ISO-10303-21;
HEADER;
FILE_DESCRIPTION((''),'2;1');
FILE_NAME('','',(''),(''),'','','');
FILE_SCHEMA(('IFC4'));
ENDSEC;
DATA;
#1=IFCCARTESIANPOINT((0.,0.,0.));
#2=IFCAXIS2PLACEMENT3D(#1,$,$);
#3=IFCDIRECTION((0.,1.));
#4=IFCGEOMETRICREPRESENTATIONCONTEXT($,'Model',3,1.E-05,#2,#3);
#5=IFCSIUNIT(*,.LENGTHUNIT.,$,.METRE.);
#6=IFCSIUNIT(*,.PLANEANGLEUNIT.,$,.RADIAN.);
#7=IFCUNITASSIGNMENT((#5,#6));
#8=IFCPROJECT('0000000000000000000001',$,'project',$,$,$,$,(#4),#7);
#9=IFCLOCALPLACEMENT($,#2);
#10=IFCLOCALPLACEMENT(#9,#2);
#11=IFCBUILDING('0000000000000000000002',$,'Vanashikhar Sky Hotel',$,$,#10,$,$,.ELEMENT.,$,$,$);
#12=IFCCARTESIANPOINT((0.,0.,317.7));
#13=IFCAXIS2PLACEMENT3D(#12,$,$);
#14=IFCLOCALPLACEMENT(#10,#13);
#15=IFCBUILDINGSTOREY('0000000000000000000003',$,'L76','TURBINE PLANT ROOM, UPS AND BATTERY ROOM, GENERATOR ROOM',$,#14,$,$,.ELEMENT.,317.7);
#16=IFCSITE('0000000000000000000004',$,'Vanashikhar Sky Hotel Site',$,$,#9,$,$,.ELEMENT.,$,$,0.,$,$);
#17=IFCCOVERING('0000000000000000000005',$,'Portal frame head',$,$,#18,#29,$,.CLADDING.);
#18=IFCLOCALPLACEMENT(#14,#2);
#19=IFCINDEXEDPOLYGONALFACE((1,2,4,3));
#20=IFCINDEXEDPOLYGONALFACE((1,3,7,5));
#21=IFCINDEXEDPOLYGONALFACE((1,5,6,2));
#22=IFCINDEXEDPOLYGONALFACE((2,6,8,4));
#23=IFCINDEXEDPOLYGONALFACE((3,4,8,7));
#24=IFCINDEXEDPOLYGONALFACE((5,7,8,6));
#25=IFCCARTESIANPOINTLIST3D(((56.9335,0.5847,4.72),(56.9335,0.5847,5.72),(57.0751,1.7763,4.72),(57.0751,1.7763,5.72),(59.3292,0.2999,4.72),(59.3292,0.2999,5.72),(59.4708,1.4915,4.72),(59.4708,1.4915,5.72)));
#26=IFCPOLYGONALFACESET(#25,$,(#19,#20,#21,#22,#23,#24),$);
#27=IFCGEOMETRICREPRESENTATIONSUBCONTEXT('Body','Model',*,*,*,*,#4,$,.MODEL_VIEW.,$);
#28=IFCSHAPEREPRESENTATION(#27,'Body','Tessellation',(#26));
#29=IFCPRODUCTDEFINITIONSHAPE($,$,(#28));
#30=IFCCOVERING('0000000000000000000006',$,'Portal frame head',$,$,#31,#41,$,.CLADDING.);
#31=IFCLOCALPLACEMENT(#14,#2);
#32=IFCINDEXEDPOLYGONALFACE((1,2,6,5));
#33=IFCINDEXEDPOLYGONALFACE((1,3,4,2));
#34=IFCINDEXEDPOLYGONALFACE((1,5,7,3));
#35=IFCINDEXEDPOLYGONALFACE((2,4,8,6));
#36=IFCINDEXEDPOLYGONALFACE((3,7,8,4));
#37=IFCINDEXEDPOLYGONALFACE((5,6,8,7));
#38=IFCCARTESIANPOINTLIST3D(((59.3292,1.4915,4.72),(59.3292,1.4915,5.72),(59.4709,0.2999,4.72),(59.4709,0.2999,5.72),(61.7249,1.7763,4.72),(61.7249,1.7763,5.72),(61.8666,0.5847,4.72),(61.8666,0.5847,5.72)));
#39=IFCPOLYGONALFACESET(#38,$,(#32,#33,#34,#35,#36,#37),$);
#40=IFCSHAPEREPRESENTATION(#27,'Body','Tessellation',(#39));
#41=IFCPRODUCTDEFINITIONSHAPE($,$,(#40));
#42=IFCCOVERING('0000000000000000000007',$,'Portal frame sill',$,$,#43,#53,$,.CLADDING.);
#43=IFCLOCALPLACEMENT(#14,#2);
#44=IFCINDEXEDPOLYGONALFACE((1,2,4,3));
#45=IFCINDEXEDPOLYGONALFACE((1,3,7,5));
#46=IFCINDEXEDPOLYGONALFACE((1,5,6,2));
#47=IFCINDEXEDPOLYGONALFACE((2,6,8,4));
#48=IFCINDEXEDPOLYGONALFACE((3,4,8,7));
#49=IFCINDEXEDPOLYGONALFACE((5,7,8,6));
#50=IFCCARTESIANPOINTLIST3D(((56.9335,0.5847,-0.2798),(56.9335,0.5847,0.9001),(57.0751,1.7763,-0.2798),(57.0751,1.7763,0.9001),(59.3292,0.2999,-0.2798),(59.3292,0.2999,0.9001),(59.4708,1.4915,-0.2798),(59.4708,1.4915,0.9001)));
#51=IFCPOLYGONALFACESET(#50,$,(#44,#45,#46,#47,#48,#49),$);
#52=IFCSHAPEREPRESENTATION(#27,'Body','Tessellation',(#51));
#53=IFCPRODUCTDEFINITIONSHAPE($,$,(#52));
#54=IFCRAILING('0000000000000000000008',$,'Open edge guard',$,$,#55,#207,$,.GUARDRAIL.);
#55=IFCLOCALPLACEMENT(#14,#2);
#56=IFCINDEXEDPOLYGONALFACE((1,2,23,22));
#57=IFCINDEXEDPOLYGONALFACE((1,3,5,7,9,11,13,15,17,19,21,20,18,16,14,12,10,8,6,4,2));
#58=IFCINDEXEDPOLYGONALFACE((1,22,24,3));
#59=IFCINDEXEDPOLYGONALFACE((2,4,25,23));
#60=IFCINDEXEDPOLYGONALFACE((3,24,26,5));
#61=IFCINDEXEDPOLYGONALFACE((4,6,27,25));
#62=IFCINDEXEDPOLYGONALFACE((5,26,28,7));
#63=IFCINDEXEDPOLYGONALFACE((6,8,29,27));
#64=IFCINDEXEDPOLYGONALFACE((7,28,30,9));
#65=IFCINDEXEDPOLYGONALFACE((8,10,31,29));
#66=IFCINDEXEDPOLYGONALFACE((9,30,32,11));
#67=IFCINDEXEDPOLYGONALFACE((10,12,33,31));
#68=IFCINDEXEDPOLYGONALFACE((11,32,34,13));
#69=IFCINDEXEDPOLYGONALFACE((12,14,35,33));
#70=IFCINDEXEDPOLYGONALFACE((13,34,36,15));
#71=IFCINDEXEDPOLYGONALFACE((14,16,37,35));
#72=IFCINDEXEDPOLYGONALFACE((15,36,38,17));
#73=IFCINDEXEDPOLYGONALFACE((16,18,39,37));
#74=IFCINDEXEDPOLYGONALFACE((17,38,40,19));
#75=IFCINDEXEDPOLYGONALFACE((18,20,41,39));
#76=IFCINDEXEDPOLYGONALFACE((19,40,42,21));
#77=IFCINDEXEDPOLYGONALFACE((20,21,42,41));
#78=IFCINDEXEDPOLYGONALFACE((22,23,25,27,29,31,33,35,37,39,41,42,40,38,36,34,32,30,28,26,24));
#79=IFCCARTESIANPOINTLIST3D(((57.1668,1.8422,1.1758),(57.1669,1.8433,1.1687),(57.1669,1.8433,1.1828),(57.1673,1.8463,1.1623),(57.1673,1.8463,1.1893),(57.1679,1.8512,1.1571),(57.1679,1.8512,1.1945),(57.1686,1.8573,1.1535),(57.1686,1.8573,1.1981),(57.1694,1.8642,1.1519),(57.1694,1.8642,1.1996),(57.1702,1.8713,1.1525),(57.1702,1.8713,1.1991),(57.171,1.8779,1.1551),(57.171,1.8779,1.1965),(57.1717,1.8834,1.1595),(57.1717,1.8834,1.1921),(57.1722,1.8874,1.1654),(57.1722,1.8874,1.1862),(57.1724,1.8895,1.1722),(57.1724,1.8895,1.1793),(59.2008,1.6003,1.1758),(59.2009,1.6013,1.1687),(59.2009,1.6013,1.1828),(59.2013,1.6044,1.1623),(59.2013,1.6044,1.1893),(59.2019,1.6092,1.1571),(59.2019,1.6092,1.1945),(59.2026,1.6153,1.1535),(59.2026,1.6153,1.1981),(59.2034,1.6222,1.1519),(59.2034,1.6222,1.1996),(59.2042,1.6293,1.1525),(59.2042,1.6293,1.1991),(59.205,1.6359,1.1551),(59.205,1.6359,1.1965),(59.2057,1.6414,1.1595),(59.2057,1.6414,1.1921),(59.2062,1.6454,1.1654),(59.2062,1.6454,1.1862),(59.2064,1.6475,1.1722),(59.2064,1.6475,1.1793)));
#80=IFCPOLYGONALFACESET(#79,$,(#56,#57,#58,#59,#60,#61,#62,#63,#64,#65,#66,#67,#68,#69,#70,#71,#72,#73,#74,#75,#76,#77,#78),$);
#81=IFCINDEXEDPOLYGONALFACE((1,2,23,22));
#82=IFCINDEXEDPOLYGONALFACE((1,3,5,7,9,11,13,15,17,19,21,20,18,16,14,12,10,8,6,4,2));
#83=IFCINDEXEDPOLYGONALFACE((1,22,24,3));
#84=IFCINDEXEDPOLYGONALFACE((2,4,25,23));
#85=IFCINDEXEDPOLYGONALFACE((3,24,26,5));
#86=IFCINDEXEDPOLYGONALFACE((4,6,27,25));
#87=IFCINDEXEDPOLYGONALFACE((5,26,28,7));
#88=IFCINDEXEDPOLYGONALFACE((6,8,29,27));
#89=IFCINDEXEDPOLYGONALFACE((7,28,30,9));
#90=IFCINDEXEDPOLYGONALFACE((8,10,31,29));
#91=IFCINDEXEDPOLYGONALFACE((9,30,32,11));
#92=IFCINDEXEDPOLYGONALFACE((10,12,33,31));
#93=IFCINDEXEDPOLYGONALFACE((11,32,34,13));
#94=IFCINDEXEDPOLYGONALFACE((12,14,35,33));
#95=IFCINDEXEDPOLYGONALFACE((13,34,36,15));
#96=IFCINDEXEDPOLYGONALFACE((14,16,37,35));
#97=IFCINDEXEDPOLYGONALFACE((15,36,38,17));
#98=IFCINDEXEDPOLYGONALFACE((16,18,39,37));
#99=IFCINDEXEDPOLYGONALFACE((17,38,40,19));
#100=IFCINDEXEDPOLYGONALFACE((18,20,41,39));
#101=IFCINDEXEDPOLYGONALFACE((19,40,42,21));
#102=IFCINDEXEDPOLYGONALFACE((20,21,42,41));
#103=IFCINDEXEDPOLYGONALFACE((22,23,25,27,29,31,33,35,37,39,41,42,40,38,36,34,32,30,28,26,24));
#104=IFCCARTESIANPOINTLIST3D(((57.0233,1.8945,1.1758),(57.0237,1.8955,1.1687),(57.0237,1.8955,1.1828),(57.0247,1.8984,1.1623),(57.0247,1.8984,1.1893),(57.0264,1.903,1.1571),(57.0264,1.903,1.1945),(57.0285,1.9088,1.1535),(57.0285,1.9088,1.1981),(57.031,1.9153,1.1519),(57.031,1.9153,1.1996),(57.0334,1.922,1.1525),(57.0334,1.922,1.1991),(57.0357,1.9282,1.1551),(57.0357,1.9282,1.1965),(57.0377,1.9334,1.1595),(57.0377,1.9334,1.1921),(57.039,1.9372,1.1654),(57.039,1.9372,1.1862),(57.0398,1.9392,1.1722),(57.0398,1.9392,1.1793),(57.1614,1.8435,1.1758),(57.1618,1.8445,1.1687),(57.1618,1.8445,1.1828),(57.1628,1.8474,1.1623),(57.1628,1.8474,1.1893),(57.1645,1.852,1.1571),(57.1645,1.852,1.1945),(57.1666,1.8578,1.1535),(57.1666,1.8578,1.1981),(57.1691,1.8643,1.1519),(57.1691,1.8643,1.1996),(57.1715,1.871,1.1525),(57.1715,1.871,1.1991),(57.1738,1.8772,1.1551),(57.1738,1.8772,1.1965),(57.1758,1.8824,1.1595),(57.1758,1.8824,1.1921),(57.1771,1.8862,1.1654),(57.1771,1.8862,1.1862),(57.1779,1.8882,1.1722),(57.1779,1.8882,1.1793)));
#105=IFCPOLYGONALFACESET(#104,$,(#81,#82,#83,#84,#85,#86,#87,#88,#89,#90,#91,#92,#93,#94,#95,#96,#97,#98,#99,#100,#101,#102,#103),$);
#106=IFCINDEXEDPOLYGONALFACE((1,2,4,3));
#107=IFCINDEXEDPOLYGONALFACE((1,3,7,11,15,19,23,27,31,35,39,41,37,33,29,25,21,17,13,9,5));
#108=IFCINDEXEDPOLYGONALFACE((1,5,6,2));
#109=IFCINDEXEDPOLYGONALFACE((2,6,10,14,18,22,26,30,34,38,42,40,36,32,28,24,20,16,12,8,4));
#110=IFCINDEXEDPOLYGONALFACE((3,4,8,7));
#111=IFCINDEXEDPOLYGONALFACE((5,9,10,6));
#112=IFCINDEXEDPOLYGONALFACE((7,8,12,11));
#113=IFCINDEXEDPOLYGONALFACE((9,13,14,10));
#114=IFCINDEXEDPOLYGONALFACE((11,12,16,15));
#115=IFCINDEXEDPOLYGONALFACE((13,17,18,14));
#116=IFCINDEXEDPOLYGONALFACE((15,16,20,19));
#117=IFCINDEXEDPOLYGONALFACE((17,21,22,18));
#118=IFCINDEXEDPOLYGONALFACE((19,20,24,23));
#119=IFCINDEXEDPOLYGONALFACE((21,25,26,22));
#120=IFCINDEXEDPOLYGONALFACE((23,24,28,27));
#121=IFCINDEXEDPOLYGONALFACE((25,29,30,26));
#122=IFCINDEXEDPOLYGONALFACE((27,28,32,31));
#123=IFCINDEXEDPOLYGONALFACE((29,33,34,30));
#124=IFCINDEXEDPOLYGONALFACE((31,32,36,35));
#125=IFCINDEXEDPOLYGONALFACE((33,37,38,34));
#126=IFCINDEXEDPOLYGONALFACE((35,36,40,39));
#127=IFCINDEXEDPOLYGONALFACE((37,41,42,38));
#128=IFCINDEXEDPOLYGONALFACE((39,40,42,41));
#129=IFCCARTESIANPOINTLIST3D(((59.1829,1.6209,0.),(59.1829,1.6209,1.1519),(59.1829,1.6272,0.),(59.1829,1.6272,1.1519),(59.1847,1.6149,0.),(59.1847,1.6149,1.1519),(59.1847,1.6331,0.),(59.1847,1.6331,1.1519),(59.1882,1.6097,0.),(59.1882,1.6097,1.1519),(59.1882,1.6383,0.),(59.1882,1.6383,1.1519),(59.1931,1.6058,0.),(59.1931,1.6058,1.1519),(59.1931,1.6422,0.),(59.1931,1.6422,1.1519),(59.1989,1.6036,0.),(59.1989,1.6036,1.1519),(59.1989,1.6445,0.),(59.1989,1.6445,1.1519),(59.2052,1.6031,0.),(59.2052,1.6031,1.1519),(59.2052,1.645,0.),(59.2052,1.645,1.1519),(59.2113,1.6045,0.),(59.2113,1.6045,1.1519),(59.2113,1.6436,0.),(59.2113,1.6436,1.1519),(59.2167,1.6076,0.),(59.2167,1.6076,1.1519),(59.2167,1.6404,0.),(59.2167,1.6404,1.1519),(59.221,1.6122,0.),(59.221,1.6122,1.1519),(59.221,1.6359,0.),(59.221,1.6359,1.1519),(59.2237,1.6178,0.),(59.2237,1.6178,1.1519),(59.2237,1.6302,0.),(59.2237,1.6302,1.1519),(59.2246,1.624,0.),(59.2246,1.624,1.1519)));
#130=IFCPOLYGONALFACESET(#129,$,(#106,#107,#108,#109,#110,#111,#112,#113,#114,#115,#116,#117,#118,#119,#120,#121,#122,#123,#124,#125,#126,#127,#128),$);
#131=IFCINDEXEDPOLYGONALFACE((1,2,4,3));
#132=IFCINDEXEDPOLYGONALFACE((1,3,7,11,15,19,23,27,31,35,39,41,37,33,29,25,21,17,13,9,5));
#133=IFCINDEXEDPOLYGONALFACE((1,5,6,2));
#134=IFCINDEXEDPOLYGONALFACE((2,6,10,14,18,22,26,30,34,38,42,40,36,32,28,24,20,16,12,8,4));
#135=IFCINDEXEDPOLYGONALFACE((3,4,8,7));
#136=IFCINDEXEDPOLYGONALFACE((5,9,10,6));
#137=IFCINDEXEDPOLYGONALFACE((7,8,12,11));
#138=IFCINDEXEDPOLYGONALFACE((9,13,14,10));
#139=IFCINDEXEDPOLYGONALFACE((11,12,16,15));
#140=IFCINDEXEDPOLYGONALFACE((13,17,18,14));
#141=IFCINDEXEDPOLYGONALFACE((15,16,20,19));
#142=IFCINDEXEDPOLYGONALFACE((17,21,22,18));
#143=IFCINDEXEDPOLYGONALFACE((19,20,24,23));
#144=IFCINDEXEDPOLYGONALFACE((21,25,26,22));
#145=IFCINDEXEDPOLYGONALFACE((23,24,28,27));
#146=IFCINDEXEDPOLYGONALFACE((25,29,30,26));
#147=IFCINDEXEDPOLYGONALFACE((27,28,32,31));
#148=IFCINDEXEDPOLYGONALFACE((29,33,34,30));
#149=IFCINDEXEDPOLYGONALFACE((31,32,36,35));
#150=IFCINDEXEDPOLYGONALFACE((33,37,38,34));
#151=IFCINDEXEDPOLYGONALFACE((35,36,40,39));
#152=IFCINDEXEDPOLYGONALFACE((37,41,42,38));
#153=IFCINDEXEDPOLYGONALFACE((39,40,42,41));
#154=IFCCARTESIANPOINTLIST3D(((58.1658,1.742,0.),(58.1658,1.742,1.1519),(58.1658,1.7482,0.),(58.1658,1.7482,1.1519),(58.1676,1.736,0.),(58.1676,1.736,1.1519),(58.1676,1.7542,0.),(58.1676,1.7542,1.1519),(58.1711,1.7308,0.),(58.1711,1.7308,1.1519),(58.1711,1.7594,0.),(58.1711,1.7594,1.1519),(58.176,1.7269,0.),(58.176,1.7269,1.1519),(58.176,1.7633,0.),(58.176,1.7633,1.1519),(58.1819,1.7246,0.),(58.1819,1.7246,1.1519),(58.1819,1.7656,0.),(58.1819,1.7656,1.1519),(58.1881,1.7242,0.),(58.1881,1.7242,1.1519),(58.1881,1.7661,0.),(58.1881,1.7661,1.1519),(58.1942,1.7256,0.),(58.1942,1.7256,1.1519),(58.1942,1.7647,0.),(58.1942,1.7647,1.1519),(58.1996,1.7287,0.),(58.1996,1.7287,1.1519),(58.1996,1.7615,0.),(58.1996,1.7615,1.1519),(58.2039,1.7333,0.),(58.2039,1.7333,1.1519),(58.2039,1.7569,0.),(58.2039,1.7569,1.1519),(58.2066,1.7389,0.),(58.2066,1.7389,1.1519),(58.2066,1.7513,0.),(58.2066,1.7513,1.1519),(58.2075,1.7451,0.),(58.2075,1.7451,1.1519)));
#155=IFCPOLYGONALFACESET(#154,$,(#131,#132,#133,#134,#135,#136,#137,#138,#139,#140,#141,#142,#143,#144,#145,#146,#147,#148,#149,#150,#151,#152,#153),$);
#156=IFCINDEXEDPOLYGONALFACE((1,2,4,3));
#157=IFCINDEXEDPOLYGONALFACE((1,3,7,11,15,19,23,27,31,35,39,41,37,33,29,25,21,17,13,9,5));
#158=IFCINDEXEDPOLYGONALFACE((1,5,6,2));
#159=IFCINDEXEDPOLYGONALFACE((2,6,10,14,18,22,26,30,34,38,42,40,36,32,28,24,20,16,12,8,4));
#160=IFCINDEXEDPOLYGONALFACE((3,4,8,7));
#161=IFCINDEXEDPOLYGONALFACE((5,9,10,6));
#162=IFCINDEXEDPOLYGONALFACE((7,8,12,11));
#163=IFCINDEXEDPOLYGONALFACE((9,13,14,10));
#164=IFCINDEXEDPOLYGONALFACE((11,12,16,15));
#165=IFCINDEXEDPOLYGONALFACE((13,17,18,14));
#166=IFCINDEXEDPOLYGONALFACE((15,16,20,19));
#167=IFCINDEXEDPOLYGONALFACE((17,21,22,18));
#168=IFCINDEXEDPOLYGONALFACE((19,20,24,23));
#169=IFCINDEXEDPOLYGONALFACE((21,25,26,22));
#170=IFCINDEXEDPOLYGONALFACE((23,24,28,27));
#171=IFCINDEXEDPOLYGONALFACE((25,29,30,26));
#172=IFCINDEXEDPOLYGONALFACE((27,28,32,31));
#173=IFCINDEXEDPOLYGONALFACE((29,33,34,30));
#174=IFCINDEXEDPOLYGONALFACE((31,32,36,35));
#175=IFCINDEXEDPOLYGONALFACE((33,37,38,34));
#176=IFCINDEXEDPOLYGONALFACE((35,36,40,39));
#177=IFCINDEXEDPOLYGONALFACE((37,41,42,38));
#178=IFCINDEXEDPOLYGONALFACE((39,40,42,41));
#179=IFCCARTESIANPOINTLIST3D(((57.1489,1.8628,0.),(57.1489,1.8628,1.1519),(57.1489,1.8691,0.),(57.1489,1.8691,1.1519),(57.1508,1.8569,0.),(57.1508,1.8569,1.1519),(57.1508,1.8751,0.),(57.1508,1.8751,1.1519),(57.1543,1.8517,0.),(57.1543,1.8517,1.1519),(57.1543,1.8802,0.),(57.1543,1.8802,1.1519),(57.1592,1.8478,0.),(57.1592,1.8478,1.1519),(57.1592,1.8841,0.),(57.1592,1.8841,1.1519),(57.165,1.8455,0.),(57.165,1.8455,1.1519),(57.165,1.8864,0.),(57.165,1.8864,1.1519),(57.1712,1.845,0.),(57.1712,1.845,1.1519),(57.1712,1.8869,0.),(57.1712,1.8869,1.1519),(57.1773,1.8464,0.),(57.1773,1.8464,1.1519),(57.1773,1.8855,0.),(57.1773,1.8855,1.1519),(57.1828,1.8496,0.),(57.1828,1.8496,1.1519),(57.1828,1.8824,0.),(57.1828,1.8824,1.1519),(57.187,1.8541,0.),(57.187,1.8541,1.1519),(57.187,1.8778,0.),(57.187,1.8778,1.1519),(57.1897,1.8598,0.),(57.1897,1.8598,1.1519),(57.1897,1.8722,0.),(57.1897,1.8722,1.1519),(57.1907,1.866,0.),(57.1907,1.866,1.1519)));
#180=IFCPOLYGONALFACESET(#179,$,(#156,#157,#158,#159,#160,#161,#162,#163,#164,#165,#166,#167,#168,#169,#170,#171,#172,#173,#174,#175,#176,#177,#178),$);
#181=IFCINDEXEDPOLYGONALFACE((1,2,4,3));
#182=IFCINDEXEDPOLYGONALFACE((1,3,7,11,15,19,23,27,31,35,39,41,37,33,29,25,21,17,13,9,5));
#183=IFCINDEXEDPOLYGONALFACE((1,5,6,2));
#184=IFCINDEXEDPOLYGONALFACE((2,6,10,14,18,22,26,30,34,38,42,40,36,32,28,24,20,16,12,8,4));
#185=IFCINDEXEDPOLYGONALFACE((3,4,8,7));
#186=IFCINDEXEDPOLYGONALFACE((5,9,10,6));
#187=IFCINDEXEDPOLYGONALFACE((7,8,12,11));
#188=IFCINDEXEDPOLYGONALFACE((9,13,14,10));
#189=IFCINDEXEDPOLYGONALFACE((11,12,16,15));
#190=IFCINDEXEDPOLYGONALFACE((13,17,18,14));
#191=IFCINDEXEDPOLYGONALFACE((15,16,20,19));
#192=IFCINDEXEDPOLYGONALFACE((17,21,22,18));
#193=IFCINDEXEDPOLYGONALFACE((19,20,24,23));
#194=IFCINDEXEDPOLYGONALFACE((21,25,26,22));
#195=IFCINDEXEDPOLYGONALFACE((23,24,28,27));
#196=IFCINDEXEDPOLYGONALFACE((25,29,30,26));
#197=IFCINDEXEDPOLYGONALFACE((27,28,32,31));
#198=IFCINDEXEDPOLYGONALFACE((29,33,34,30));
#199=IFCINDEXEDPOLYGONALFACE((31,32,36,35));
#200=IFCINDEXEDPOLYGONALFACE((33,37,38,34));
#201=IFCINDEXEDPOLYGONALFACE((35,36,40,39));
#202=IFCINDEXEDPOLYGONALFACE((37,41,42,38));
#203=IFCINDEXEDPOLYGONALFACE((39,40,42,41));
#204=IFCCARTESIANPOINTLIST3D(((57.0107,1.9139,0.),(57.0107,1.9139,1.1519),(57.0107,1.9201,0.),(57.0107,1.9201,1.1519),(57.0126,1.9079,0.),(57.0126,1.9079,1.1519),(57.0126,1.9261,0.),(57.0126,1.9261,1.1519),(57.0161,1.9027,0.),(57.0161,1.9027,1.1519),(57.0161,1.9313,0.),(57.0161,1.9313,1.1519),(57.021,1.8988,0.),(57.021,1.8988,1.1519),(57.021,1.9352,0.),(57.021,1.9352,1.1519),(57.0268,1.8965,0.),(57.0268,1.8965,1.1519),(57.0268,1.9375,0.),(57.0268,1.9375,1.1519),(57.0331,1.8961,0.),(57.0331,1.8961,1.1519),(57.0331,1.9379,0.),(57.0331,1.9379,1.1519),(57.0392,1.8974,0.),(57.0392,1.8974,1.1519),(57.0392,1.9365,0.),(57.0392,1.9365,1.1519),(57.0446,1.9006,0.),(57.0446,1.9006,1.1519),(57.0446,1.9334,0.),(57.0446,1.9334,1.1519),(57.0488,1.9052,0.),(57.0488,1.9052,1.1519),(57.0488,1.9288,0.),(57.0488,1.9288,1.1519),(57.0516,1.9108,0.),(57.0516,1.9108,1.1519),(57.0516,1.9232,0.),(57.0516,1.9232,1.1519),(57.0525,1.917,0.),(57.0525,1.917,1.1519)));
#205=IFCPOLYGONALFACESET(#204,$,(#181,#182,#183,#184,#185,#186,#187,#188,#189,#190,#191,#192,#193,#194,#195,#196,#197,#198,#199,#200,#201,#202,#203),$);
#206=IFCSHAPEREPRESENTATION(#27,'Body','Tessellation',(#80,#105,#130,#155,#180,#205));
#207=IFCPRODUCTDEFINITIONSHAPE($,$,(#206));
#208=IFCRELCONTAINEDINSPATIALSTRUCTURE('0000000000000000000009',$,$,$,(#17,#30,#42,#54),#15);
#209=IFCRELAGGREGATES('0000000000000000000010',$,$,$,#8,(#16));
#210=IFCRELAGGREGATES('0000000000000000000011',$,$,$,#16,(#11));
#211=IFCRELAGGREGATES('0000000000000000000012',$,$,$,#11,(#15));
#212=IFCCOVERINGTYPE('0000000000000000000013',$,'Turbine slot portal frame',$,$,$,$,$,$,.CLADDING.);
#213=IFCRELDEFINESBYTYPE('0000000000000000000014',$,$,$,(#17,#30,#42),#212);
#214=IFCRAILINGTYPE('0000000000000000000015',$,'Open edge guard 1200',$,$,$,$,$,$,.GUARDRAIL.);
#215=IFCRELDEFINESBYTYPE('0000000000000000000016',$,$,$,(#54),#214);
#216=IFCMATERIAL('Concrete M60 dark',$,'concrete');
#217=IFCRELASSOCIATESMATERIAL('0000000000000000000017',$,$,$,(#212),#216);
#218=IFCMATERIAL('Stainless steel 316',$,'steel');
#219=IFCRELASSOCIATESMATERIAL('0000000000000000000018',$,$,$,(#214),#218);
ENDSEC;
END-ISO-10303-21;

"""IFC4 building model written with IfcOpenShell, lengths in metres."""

from ifc_helpers import new_model, si_unit, direction, frame, origin, origin_2d, place, context, subcontext, project, spatial, rectangle, circle, extrude, source, transform, mapped, material, type_object, element, save


model = new_model("IFC4")

# Units and contexts
model_context = context("Model", 3, precision=1e-05, world=origin(), true_north=direction((0.0, 1.0)))
body_context = subcontext(model_context, "Body", "Model", "MODEL_VIEW")
ifc_project = project(units=[si_unit("LENGTHUNIT", "METRE"), si_unit("PLANEANGLEUNIT", "RADIAN")], contexts=[model_context])

# Site, building, storey
site_placement = place(None, origin())
site = spatial("IfcSite", under=ifc_project, at=site_placement, Name="Vanashikhar Sky Hotel Site", CompositionType="ELEMENT", RefElevation=0.0)
building_placement = place(site_placement, origin())
building = spatial("IfcBuilding", under=site, at=building_placement, Name="Vanashikhar Sky Hotel", CompositionType="ELEMENT")
storey_placement = place(building_placement, frame((0.0, 0.0, 317.7)))
storey = spatial("IfcBuildingStorey", under=building, at=storey_placement, Name="L76", Description="TURBINE PLANT ROOM, UPS AND BATTERY ROOM, GENERATOR ROOM", CompositionType="ELEMENT", Elevation=317.7)

# Coverings
ifc_material_1 = material(Name="Concrete M60 dark", Category="concrete")
covering_type_1 = type_object("IfcCoveringType", Name="Turbine slot portal frame", PredefinedType="CLADDING", material=ifc_material_1)
shared_shape_1 = source(origin(), body_context, "Body", "SweptSolid", [
    extrude(rectangle(XDim=2.4126, YDim=1.2, at=origin_2d()), origin(), (0.0, 0.0, 1.0), 1.0),
])
for number, where, z_axis, x_axis, name in (
    (1, (58.2021, 1.0381, 4.72), (0.0, 0.0, 1.0), (0.993009, -0.11804, 0.0), "Portal frame head"),
    (2, (60.5979, 1.0381, 4.72), (0.0, 0.0, 1.0), (0.993009, 0.11804, 0.0), "Portal frame head"),
):
    element("IfcCovering", number, at=place(storey_placement, frame(where, z_axis=z_axis, x_axis=x_axis)), inside=storey, type_object=covering_type_1, Name=name, PredefinedType="CLADDING", context=body_context, shape_type="MappedRepresentation", body=[
        mapped(shared_shape_1, transform((0.0, 0.0, 0.0), scale=1.0)),
    ])
shared_shape_2 = source(origin(), body_context, "Body", "SweptSolid", [
    extrude(rectangle(XDim=2.4126, YDim=1.2, at=origin_2d()), origin(), (0.0, 0.0, 1.0), 1.1799),
])
covering_1_placement = place(storey_placement, frame((58.2021, 1.0381, -0.2798), z_axis=(0.0, 0.0, 1.0), x_axis=(0.993009, -0.11804, 0.0)))
element("IfcCovering", 3, at=covering_1_placement, inside=storey, type_object=covering_type_1, Name="Portal frame sill", PredefinedType="CLADDING", context=body_context, shape_type="MappedRepresentation", body=[
    mapped(shared_shape_2, transform((0.0, 0.0, 0.0), scale=1.0)),
])

# Railing
ifc_material_2 = material(Name="Stainless steel 316", Category="steel")
railing_type = type_object("IfcRailingType", Name="Open edge guard 1200", PredefinedType="GUARDRAIL", material=ifc_material_2)
shared_shape_3 = source(origin(), body_context, "Body", "SweptSolid", [
    extrude(circle(Radius=0.0239, at=origin_2d()), frame((0.0, 0.0, 1.1758), z_axis=(-0.992999, 0.118121, 0.0), x_axis=(-0.118121, -0.992999, 0.0)), (0.0, 0.0, 1.0), 2.0483),
    extrude(circle(Radius=0.0239, at=origin_2d()), frame((-2.0339, 0.2419, 1.1758), z_axis=(-0.938088, 0.346397, 0.0), x_axis=(-0.346397, -0.938088, 0.0)), (0.0, 0.0, 1.0), 0.1472),
    extrude(circle(Radius=0.021, at=origin_2d()), origin(), (0.0, 0.0, 1.0), 1.1519),
    extrude(circle(Radius=0.021, at=origin_2d()), frame((-1.0171, 0.1211, 0.0)), (0.0, 0.0, 1.0), 1.1519),
    extrude(circle(Radius=0.021, at=origin_2d()), frame((-2.0339, 0.2419, 0.0)), (0.0, 0.0, 1.0), 1.1519),
    extrude(circle(Radius=0.021, at=origin_2d()), frame((-2.1721, 0.293, 0.0)), (0.0, 0.0, 1.0), 1.1519),
])
railing_1_placement = place(storey_placement, frame((59.2036, 1.624, 0.0)))
element("IfcRailing", 4, at=railing_1_placement, inside=storey, type_object=railing_type, Name="Open edge guard", PredefinedType="GUARDRAIL", context=body_context, shape_type="MappedRepresentation", body=[
    mapped(shared_shape_3, transform((0.0, 0.0, 0.0), scale=1.0)),
])

save(model, "model.ifc")
